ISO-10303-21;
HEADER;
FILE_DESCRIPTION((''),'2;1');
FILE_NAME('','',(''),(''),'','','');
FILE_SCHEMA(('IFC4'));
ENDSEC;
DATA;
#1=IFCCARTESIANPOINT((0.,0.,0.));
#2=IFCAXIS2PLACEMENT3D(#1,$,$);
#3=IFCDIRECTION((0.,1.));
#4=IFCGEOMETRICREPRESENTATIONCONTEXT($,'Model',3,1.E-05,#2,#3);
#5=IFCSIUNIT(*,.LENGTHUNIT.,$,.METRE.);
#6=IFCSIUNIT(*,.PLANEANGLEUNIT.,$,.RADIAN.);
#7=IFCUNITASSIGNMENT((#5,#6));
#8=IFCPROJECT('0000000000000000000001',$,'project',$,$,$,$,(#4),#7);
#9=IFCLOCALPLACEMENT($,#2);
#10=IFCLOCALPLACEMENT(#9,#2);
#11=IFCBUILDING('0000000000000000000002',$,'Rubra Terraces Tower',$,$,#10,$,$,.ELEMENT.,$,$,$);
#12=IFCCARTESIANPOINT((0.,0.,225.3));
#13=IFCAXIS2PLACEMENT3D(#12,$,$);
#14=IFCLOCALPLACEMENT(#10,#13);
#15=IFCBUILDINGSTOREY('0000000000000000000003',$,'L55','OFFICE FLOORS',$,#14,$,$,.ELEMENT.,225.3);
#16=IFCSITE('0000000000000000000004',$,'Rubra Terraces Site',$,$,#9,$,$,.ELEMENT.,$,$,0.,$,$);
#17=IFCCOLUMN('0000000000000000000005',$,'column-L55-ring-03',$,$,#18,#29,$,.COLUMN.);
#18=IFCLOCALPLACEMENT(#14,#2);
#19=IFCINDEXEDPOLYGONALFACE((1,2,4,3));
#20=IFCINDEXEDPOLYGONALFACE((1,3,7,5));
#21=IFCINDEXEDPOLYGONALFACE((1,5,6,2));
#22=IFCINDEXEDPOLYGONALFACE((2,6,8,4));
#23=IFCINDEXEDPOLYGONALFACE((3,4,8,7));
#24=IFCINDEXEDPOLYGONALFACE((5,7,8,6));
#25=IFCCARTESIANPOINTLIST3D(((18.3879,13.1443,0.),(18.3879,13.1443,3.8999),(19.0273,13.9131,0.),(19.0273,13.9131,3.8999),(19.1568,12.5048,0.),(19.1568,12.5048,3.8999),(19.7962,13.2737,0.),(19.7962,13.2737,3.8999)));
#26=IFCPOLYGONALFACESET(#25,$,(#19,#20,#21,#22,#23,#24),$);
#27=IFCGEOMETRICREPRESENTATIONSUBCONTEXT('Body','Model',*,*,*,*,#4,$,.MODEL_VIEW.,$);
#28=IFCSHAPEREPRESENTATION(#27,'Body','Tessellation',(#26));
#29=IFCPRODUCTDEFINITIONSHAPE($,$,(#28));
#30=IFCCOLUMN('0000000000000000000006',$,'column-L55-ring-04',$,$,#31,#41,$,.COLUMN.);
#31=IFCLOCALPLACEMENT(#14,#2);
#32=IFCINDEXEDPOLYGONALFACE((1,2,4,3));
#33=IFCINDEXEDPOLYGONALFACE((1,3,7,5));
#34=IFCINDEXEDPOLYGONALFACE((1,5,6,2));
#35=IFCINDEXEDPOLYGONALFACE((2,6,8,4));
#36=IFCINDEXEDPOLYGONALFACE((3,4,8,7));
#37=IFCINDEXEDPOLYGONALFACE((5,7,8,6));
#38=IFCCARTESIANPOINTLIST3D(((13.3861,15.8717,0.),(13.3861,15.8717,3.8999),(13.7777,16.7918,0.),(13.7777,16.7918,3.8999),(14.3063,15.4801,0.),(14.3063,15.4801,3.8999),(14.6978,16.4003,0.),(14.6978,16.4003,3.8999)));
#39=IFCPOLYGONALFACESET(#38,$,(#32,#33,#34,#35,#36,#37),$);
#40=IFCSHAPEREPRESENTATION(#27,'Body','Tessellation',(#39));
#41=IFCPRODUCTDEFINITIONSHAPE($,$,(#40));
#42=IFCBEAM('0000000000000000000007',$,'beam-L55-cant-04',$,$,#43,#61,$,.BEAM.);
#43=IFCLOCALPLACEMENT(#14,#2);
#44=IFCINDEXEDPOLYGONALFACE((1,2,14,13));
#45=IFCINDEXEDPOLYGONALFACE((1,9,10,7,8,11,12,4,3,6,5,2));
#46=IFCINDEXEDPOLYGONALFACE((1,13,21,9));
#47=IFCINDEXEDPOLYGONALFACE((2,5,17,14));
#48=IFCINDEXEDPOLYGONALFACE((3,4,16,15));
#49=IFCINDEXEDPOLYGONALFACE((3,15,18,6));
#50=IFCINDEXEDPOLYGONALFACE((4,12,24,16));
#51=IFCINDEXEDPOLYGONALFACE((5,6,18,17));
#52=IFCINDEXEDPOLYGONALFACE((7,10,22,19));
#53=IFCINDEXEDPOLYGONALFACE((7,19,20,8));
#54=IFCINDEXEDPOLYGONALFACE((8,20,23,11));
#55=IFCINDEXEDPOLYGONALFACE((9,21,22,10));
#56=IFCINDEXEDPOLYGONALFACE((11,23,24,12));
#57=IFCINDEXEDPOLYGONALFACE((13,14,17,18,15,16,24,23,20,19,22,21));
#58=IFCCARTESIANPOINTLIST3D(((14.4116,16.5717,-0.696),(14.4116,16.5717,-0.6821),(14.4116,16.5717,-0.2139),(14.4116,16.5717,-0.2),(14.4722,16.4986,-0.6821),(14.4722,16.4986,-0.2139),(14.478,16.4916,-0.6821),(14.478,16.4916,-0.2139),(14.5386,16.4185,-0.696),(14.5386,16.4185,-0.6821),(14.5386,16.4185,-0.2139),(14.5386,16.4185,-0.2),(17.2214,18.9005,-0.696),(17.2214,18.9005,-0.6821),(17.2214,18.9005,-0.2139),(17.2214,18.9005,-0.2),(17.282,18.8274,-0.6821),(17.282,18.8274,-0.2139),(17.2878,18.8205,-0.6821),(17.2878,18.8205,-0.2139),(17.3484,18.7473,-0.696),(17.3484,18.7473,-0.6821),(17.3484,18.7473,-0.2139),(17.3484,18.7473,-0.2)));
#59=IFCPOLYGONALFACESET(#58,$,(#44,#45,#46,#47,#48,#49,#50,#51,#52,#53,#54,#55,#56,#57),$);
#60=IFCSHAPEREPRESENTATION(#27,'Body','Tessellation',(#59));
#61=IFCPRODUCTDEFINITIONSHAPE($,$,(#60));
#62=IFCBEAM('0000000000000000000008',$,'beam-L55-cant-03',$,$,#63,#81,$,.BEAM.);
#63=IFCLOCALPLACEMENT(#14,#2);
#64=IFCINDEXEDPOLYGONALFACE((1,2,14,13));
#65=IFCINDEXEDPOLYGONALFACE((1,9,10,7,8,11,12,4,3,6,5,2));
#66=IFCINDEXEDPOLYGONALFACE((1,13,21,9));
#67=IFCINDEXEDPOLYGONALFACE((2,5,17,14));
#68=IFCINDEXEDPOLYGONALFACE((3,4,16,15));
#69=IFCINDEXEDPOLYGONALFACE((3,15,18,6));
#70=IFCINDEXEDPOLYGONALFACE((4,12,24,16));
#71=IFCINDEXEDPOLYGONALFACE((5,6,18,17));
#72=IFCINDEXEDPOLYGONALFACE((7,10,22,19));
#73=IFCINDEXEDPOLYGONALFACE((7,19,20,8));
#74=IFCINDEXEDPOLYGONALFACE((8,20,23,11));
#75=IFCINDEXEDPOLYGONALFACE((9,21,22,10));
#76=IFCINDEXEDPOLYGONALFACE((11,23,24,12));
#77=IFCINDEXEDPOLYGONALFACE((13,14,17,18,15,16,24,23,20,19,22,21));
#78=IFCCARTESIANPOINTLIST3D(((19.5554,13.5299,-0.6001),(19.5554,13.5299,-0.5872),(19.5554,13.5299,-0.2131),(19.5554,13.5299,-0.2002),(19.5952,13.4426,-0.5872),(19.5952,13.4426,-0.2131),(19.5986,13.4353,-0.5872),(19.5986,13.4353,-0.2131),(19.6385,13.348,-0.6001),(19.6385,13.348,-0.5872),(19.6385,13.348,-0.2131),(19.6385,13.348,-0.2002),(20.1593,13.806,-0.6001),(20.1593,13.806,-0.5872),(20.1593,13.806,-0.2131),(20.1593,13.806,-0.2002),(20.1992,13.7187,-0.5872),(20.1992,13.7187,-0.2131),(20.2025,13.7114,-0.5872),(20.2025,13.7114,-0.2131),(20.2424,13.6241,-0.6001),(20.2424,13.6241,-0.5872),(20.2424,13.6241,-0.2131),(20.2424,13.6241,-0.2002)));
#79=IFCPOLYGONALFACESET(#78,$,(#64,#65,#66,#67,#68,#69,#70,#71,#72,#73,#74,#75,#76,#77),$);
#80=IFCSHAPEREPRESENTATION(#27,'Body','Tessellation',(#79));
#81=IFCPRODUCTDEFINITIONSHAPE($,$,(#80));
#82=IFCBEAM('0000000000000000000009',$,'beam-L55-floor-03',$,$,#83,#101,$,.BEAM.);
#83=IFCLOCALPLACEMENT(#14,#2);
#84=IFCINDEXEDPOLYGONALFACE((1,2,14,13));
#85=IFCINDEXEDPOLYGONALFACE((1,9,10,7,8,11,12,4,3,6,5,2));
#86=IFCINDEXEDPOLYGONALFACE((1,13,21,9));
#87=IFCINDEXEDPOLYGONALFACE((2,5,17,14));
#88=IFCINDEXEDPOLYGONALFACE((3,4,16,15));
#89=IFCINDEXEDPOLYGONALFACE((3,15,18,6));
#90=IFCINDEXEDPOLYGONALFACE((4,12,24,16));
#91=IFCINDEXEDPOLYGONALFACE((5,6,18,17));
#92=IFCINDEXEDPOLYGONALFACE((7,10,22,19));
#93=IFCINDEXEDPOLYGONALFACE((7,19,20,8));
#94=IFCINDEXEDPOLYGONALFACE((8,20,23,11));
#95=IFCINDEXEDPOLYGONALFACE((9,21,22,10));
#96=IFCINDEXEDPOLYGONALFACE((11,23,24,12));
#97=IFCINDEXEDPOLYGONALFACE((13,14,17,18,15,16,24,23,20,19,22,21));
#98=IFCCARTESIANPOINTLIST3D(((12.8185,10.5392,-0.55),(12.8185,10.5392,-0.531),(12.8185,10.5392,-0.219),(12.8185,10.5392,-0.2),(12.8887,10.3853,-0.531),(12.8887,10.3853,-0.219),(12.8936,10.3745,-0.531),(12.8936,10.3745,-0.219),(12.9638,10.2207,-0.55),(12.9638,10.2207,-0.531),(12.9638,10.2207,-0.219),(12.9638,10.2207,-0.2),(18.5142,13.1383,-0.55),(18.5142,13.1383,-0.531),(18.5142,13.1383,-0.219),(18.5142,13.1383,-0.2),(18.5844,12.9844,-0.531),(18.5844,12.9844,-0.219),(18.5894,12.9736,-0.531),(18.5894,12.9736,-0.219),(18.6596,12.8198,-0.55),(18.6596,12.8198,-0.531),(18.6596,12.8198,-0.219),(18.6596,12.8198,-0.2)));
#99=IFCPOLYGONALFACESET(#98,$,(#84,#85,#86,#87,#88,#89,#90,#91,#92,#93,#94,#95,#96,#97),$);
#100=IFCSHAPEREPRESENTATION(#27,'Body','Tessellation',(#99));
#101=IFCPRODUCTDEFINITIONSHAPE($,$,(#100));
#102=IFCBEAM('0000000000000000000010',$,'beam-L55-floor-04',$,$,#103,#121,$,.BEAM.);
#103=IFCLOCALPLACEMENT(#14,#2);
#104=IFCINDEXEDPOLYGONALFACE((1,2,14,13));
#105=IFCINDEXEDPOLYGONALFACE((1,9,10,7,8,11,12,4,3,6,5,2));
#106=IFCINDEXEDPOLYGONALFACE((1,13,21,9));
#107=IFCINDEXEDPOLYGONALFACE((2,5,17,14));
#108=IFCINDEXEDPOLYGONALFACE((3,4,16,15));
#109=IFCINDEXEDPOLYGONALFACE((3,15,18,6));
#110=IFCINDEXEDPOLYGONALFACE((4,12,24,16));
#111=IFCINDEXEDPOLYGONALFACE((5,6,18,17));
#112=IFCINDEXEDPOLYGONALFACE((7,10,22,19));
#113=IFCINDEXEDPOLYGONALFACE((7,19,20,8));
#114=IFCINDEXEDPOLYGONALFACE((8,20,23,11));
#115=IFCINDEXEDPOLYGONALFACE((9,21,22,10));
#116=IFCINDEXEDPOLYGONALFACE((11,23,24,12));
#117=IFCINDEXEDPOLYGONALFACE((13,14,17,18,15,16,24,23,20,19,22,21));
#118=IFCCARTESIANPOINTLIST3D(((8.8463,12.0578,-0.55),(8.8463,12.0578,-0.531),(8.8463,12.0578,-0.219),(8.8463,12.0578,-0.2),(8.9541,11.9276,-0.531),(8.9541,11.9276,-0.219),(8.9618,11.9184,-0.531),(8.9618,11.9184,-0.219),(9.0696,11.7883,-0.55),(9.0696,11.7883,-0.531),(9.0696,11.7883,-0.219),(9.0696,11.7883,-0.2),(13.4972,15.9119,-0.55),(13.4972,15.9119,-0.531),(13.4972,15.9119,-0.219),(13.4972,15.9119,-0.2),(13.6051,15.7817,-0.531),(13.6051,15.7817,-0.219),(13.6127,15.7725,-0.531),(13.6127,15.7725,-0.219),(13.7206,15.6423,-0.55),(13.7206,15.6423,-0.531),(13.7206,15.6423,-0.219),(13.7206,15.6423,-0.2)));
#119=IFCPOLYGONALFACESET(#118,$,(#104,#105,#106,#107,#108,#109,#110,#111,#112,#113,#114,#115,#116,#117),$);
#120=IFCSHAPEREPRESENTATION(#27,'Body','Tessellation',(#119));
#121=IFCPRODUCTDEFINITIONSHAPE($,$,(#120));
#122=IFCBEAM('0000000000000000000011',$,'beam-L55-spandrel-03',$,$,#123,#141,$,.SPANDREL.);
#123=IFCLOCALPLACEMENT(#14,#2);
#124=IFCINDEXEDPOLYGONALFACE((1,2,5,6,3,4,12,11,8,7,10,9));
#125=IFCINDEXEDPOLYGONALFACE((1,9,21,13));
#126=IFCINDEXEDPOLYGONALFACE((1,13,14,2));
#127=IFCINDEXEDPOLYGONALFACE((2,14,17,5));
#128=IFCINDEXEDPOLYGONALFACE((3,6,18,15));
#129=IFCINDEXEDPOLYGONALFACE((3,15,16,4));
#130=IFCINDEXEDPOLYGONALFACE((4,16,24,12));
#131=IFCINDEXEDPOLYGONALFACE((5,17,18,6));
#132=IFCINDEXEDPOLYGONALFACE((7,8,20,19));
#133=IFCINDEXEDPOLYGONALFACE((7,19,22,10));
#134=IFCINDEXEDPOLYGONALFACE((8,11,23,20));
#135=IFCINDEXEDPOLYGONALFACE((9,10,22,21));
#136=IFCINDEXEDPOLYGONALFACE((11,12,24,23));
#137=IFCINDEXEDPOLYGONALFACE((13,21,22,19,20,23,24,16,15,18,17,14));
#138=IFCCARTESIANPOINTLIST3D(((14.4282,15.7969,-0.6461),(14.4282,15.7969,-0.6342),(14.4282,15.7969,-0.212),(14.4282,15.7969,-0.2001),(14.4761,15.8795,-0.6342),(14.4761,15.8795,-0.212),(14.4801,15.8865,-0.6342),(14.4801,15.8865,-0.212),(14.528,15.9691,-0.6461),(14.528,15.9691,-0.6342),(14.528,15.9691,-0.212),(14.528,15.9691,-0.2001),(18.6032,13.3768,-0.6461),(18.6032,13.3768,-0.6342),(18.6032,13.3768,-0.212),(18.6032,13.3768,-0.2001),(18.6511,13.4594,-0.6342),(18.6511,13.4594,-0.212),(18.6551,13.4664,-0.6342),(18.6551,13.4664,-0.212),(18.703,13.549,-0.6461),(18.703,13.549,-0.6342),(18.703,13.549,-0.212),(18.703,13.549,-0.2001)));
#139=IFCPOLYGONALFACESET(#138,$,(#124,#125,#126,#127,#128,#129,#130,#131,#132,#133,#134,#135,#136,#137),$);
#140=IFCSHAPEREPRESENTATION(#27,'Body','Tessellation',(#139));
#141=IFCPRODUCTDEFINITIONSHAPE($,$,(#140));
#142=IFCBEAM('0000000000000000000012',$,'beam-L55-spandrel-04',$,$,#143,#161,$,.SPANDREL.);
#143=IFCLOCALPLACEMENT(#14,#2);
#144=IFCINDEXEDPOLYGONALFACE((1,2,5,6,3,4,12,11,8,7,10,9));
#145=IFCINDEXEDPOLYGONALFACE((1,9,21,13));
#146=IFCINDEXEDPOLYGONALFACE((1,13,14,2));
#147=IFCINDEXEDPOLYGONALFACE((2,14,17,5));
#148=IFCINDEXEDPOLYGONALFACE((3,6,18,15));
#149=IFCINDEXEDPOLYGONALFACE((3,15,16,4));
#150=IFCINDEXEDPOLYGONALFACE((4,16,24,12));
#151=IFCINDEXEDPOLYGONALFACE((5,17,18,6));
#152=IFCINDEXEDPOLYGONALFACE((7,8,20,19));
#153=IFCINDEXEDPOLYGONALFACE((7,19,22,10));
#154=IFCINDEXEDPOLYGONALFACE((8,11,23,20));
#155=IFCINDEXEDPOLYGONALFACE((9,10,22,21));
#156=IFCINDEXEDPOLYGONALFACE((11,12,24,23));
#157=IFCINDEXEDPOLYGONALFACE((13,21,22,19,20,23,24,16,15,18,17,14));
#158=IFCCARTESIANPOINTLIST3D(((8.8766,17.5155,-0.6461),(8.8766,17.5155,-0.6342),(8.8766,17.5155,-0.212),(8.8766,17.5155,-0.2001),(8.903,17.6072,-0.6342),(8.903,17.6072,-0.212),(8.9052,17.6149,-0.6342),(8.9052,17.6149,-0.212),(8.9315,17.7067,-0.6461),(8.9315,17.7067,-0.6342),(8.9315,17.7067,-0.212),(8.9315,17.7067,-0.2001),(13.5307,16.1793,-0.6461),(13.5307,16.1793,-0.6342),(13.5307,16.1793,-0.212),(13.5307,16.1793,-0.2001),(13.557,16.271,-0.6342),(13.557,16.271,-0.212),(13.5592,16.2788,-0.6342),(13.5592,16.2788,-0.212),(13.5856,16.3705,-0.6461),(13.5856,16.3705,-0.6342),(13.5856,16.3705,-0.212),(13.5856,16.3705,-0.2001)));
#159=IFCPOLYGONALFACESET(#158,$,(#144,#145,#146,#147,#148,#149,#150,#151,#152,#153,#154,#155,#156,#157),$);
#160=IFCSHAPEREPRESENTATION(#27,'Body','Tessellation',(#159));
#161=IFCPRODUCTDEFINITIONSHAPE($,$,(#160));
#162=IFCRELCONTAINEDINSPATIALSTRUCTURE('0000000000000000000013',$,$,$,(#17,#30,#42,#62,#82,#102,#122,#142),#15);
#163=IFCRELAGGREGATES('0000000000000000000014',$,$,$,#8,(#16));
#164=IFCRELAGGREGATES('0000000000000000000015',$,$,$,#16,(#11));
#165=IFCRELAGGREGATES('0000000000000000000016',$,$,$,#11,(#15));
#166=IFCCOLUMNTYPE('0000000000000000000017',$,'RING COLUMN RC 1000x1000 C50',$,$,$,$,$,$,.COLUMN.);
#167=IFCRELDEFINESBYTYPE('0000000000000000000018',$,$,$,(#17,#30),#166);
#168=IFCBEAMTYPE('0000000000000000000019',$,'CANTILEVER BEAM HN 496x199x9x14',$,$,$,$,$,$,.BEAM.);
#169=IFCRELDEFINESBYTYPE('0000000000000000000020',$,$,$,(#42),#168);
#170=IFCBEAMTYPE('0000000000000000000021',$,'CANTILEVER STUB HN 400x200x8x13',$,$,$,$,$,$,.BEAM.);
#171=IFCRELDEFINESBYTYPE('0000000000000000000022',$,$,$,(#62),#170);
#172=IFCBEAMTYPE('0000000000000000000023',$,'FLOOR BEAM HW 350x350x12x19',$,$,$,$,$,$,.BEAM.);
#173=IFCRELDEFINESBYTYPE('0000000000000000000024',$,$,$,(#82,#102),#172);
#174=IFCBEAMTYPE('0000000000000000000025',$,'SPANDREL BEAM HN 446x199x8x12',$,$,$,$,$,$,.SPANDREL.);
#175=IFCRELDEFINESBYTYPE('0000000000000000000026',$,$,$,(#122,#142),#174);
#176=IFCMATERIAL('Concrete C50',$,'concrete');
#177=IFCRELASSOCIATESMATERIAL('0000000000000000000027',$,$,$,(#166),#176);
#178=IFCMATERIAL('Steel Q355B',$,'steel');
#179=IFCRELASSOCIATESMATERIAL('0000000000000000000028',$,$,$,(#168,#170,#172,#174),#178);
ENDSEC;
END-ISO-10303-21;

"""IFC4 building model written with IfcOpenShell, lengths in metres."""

from ifc_helpers import new_model, si_unit, direction, frame, origin, origin_2d, place, context, subcontext, project, spatial, rectangle, i_section, extrude, material, material_profile, profile_set, type_object, element, save


model = new_model("IFC4")

# Units and contexts
model_context = context("Model", 3, precision=1e-05, world=origin(), true_north=direction((0.0, 1.0)))
body_context = subcontext(model_context, "Body", "Model", "MODEL_VIEW")
ifc_project = project(units=[si_unit("LENGTHUNIT", "METRE"), si_unit("PLANEANGLEUNIT", "RADIAN")], contexts=[model_context])

# Site, building, storey
site_placement = place(None, origin())
site = spatial("IfcSite", under=ifc_project, at=site_placement, Name="Rubra Terraces Site", CompositionType="ELEMENT", RefElevation=0.0)
building_placement = place(site_placement, origin())
building = spatial("IfcBuilding", under=site, at=building_placement, Name="Rubra Terraces Tower", CompositionType="ELEMENT")
storey_placement = place(building_placement, frame((0.0, 0.0, 225.3)))
storey = spatial("IfcBuildingStorey", under=building, at=storey_placement, Name="L55", Description="OFFICE FLOORS", CompositionType="ELEMENT", Elevation=225.3)

# Columns
ifc_material_1 = material(Name="Concrete C50", Category="concrete")
ifc_material_profile_1 = material_profile(ifc_material_1, rectangle(XDim=1.0, YDim=1.0, at=origin_2d()), Name="RC 1000x1000")
ifc_profile_set_1 = profile_set([ifc_material_profile_1], Name="Concrete C50")
column_type = type_object("IfcColumnType", Name="RING COLUMN RC 1000x1000 C50", PredefinedType="COLUMN", material=ifc_profile_set_1)
for number, where, z_axis, x_axis, name in (
    (1, (19.092, 13.209, 0.0), (0.0, 0.0, 1.0), (-0.76887, 0.639405, 0.0), "column-L55-ring-03"),
    (2, (14.042, 16.136, 0.0), (0.0, 0.0, 1.0), (-0.920168, 0.391524, 0.0), "column-L55-ring-04"),
):
    element("IfcColumn", number, at=place(storey_placement, frame(where, z_axis=z_axis, x_axis=x_axis)), inside=storey, type_object=column_type, Name=name, PredefinedType="COLUMN", context=body_context, shape_type="SweptSolid", body=[
        extrude(rectangle(XDim=1.0, YDim=1.0, at=origin_2d()), origin(), (0.0, 0.0, 1.0), 3.8999),
    ])

# Beams
ifc_material_2 = material(Name="Steel Q355B", Category="steel")
ifc_material_profile_2 = material_profile(ifc_material_2, i_section(OverallWidth=0.199, OverallDepth=0.4961, WebThickness=0.009, FlangeThickness=0.0139, at=origin_2d()), Name="HN 496x199x9x14")
ifc_profile_set_2 = profile_set([ifc_material_profile_2], Name="Steel Q355B")
beam_type_1 = type_object("IfcBeamType", Name="CANTILEVER BEAM HN 496x199x9x14", PredefinedType="BEAM", material=ifc_profile_set_2)
beam_1_placement = place(storey_placement, frame((14.4751, 16.4951, -0.448), z_axis=(0.769924, 0.638136, 0.0), x_axis=(-0.638136, 0.769924, 0.0)))
element("IfcBeam", 3, at=beam_1_placement, inside=storey, type_object=beam_type_1, Name="beam-L55-cant-04", PredefinedType="BEAM", context=body_context, shape_type="SweptSolid", body=[
    extrude(i_section(OverallWidth=0.199, OverallDepth=0.4961, WebThickness=0.009, FlangeThickness=0.0139, at=origin_2d()), origin(), (0.0, 0.0, 1.0), 3.6494),
])
ifc_material_profile_3 = material_profile(ifc_material_2, i_section(OverallWidth=0.2, OverallDepth=0.3999, WebThickness=0.0081, FlangeThickness=0.0129, at=origin_2d()), Name="HN 400x200x8x13")
ifc_profile_set_3 = profile_set([ifc_material_profile_3], Name="Steel Q355B")
beam_type_2 = type_object("IfcBeamType", Name="CANTILEVER STUB HN 400x200x8x13", PredefinedType="BEAM", material=ifc_profile_set_3)
beam_2_placement = place(storey_placement, frame((19.5969, 13.439, -0.4001), z_axis=(0.909471, 0.415768, 0.0), x_axis=(-0.415768, 0.909471, 0.0)))
element("IfcBeam", 4, at=beam_2_placement, inside=storey, type_object=beam_type_2, Name="beam-L55-cant-03", PredefinedType="BEAM", context=body_context, shape_type="SweptSolid", body=[
    extrude(i_section(OverallWidth=0.2, OverallDepth=0.3999, WebThickness=0.0081, FlangeThickness=0.0129, at=origin_2d()), origin(), (0.0, 0.0, 1.0), 0.6641),
])
ifc_material_profile_4 = material_profile(ifc_material_2, i_section(OverallWidth=0.3501, OverallDepth=0.3501, WebThickness=0.012, FlangeThickness=0.019, at=origin_2d()), Name="HW 350x350x12x19")
ifc_profile_set_4 = profile_set([ifc_material_profile_4], Name="Steel Q355B")
beam_type_3 = type_object("IfcBeamType", Name="FLOOR BEAM HW 350x350x12x19", PredefinedType="BEAM", material=ifc_profile_set_4)
beam_3_placement = place(storey_placement, frame((18.5869, 12.979, -0.375), z_axis=(-0.909757, -0.415142, 0.0), x_axis=(0.415142, -0.909757, 0.0)))
element("IfcBeam", 5, at=beam_3_placement, inside=storey, type_object=beam_type_3, Name="beam-L55-floor-03", PredefinedType="BEAM", context=body_context, shape_type="SweptSolid", body=[
    extrude(i_section(OverallWidth=0.3501, OverallDepth=0.3501, WebThickness=0.012, FlangeThickness=0.019, at=origin_2d()), origin(), (0.0, 0.0, 1.0), 6.2607),
])
beam_4_placement = place(storey_placement, frame((13.6089, 15.7771, -0.375), z_axis=(-0.769988, -0.638059, 0.0), x_axis=(0.638059, -0.769988, 0.0)))
element("IfcBeam", 6, at=beam_4_placement, inside=storey, type_object=beam_type_3, Name="beam-L55-floor-04", PredefinedType="BEAM", context=body_context, shape_type="SweptSolid", body=[
    extrude(i_section(OverallWidth=0.3501, OverallDepth=0.3501, WebThickness=0.012, FlangeThickness=0.019, at=origin_2d()), origin(), (0.0, 0.0, 1.0), 6.0403),
])
ifc_material_profile_5 = material_profile(ifc_material_2, i_section(OverallWidth=0.199, OverallDepth=0.446, WebThickness=0.0081, FlangeThickness=0.012, at=origin_2d()), Name="HN 446x199x8x12")
ifc_profile_set_5 = profile_set([ifc_material_profile_5], Name="Steel Q355B")
beam_type_4 = type_object("IfcBeamType", Name="SPANDREL BEAM HN 446x199x8x12", PredefinedType="SPANDREL", material=ifc_profile_set_5)
beam_5_placement = place(storey_placement, frame((18.6531, 13.4629, -0.4231), z_axis=(-0.865154, 0.501507, 0.0), x_axis=(-0.501507, -0.865154, 0.0)))
element("IfcBeam", 7, at=beam_5_placement, inside=storey, type_object=beam_type_4, Name="beam-L55-spandrel-03", PredefinedType="SPANDREL", context=body_context, shape_type="SweptSolid", body=[
    extrude(i_section(OverallWidth=0.199, OverallDepth=0.446, WebThickness=0.0081, FlangeThickness=0.012, at=origin_2d()), origin(), (0.0, 0.0, 1.0), 4.8257),
])
beam_6_placement = place(storey_placement, frame((13.5581, 16.2749, -0.4231), z_axis=(-0.961171, 0.275953, 0.0), x_axis=(-0.275953, -0.961171, 0.0)))
element("IfcBeam", 8, at=beam_6_placement, inside=storey, type_object=beam_type_4, Name="beam-L55-spandrel-04", PredefinedType="SPANDREL", context=body_context, shape_type="SweptSolid", body=[
    extrude(i_section(OverallWidth=0.199, OverallDepth=0.446, WebThickness=0.0081, FlangeThickness=0.012, at=origin_2d()), origin(), (0.0, 0.0, 1.0), 4.842),
])

save(model, "model.ifc")
